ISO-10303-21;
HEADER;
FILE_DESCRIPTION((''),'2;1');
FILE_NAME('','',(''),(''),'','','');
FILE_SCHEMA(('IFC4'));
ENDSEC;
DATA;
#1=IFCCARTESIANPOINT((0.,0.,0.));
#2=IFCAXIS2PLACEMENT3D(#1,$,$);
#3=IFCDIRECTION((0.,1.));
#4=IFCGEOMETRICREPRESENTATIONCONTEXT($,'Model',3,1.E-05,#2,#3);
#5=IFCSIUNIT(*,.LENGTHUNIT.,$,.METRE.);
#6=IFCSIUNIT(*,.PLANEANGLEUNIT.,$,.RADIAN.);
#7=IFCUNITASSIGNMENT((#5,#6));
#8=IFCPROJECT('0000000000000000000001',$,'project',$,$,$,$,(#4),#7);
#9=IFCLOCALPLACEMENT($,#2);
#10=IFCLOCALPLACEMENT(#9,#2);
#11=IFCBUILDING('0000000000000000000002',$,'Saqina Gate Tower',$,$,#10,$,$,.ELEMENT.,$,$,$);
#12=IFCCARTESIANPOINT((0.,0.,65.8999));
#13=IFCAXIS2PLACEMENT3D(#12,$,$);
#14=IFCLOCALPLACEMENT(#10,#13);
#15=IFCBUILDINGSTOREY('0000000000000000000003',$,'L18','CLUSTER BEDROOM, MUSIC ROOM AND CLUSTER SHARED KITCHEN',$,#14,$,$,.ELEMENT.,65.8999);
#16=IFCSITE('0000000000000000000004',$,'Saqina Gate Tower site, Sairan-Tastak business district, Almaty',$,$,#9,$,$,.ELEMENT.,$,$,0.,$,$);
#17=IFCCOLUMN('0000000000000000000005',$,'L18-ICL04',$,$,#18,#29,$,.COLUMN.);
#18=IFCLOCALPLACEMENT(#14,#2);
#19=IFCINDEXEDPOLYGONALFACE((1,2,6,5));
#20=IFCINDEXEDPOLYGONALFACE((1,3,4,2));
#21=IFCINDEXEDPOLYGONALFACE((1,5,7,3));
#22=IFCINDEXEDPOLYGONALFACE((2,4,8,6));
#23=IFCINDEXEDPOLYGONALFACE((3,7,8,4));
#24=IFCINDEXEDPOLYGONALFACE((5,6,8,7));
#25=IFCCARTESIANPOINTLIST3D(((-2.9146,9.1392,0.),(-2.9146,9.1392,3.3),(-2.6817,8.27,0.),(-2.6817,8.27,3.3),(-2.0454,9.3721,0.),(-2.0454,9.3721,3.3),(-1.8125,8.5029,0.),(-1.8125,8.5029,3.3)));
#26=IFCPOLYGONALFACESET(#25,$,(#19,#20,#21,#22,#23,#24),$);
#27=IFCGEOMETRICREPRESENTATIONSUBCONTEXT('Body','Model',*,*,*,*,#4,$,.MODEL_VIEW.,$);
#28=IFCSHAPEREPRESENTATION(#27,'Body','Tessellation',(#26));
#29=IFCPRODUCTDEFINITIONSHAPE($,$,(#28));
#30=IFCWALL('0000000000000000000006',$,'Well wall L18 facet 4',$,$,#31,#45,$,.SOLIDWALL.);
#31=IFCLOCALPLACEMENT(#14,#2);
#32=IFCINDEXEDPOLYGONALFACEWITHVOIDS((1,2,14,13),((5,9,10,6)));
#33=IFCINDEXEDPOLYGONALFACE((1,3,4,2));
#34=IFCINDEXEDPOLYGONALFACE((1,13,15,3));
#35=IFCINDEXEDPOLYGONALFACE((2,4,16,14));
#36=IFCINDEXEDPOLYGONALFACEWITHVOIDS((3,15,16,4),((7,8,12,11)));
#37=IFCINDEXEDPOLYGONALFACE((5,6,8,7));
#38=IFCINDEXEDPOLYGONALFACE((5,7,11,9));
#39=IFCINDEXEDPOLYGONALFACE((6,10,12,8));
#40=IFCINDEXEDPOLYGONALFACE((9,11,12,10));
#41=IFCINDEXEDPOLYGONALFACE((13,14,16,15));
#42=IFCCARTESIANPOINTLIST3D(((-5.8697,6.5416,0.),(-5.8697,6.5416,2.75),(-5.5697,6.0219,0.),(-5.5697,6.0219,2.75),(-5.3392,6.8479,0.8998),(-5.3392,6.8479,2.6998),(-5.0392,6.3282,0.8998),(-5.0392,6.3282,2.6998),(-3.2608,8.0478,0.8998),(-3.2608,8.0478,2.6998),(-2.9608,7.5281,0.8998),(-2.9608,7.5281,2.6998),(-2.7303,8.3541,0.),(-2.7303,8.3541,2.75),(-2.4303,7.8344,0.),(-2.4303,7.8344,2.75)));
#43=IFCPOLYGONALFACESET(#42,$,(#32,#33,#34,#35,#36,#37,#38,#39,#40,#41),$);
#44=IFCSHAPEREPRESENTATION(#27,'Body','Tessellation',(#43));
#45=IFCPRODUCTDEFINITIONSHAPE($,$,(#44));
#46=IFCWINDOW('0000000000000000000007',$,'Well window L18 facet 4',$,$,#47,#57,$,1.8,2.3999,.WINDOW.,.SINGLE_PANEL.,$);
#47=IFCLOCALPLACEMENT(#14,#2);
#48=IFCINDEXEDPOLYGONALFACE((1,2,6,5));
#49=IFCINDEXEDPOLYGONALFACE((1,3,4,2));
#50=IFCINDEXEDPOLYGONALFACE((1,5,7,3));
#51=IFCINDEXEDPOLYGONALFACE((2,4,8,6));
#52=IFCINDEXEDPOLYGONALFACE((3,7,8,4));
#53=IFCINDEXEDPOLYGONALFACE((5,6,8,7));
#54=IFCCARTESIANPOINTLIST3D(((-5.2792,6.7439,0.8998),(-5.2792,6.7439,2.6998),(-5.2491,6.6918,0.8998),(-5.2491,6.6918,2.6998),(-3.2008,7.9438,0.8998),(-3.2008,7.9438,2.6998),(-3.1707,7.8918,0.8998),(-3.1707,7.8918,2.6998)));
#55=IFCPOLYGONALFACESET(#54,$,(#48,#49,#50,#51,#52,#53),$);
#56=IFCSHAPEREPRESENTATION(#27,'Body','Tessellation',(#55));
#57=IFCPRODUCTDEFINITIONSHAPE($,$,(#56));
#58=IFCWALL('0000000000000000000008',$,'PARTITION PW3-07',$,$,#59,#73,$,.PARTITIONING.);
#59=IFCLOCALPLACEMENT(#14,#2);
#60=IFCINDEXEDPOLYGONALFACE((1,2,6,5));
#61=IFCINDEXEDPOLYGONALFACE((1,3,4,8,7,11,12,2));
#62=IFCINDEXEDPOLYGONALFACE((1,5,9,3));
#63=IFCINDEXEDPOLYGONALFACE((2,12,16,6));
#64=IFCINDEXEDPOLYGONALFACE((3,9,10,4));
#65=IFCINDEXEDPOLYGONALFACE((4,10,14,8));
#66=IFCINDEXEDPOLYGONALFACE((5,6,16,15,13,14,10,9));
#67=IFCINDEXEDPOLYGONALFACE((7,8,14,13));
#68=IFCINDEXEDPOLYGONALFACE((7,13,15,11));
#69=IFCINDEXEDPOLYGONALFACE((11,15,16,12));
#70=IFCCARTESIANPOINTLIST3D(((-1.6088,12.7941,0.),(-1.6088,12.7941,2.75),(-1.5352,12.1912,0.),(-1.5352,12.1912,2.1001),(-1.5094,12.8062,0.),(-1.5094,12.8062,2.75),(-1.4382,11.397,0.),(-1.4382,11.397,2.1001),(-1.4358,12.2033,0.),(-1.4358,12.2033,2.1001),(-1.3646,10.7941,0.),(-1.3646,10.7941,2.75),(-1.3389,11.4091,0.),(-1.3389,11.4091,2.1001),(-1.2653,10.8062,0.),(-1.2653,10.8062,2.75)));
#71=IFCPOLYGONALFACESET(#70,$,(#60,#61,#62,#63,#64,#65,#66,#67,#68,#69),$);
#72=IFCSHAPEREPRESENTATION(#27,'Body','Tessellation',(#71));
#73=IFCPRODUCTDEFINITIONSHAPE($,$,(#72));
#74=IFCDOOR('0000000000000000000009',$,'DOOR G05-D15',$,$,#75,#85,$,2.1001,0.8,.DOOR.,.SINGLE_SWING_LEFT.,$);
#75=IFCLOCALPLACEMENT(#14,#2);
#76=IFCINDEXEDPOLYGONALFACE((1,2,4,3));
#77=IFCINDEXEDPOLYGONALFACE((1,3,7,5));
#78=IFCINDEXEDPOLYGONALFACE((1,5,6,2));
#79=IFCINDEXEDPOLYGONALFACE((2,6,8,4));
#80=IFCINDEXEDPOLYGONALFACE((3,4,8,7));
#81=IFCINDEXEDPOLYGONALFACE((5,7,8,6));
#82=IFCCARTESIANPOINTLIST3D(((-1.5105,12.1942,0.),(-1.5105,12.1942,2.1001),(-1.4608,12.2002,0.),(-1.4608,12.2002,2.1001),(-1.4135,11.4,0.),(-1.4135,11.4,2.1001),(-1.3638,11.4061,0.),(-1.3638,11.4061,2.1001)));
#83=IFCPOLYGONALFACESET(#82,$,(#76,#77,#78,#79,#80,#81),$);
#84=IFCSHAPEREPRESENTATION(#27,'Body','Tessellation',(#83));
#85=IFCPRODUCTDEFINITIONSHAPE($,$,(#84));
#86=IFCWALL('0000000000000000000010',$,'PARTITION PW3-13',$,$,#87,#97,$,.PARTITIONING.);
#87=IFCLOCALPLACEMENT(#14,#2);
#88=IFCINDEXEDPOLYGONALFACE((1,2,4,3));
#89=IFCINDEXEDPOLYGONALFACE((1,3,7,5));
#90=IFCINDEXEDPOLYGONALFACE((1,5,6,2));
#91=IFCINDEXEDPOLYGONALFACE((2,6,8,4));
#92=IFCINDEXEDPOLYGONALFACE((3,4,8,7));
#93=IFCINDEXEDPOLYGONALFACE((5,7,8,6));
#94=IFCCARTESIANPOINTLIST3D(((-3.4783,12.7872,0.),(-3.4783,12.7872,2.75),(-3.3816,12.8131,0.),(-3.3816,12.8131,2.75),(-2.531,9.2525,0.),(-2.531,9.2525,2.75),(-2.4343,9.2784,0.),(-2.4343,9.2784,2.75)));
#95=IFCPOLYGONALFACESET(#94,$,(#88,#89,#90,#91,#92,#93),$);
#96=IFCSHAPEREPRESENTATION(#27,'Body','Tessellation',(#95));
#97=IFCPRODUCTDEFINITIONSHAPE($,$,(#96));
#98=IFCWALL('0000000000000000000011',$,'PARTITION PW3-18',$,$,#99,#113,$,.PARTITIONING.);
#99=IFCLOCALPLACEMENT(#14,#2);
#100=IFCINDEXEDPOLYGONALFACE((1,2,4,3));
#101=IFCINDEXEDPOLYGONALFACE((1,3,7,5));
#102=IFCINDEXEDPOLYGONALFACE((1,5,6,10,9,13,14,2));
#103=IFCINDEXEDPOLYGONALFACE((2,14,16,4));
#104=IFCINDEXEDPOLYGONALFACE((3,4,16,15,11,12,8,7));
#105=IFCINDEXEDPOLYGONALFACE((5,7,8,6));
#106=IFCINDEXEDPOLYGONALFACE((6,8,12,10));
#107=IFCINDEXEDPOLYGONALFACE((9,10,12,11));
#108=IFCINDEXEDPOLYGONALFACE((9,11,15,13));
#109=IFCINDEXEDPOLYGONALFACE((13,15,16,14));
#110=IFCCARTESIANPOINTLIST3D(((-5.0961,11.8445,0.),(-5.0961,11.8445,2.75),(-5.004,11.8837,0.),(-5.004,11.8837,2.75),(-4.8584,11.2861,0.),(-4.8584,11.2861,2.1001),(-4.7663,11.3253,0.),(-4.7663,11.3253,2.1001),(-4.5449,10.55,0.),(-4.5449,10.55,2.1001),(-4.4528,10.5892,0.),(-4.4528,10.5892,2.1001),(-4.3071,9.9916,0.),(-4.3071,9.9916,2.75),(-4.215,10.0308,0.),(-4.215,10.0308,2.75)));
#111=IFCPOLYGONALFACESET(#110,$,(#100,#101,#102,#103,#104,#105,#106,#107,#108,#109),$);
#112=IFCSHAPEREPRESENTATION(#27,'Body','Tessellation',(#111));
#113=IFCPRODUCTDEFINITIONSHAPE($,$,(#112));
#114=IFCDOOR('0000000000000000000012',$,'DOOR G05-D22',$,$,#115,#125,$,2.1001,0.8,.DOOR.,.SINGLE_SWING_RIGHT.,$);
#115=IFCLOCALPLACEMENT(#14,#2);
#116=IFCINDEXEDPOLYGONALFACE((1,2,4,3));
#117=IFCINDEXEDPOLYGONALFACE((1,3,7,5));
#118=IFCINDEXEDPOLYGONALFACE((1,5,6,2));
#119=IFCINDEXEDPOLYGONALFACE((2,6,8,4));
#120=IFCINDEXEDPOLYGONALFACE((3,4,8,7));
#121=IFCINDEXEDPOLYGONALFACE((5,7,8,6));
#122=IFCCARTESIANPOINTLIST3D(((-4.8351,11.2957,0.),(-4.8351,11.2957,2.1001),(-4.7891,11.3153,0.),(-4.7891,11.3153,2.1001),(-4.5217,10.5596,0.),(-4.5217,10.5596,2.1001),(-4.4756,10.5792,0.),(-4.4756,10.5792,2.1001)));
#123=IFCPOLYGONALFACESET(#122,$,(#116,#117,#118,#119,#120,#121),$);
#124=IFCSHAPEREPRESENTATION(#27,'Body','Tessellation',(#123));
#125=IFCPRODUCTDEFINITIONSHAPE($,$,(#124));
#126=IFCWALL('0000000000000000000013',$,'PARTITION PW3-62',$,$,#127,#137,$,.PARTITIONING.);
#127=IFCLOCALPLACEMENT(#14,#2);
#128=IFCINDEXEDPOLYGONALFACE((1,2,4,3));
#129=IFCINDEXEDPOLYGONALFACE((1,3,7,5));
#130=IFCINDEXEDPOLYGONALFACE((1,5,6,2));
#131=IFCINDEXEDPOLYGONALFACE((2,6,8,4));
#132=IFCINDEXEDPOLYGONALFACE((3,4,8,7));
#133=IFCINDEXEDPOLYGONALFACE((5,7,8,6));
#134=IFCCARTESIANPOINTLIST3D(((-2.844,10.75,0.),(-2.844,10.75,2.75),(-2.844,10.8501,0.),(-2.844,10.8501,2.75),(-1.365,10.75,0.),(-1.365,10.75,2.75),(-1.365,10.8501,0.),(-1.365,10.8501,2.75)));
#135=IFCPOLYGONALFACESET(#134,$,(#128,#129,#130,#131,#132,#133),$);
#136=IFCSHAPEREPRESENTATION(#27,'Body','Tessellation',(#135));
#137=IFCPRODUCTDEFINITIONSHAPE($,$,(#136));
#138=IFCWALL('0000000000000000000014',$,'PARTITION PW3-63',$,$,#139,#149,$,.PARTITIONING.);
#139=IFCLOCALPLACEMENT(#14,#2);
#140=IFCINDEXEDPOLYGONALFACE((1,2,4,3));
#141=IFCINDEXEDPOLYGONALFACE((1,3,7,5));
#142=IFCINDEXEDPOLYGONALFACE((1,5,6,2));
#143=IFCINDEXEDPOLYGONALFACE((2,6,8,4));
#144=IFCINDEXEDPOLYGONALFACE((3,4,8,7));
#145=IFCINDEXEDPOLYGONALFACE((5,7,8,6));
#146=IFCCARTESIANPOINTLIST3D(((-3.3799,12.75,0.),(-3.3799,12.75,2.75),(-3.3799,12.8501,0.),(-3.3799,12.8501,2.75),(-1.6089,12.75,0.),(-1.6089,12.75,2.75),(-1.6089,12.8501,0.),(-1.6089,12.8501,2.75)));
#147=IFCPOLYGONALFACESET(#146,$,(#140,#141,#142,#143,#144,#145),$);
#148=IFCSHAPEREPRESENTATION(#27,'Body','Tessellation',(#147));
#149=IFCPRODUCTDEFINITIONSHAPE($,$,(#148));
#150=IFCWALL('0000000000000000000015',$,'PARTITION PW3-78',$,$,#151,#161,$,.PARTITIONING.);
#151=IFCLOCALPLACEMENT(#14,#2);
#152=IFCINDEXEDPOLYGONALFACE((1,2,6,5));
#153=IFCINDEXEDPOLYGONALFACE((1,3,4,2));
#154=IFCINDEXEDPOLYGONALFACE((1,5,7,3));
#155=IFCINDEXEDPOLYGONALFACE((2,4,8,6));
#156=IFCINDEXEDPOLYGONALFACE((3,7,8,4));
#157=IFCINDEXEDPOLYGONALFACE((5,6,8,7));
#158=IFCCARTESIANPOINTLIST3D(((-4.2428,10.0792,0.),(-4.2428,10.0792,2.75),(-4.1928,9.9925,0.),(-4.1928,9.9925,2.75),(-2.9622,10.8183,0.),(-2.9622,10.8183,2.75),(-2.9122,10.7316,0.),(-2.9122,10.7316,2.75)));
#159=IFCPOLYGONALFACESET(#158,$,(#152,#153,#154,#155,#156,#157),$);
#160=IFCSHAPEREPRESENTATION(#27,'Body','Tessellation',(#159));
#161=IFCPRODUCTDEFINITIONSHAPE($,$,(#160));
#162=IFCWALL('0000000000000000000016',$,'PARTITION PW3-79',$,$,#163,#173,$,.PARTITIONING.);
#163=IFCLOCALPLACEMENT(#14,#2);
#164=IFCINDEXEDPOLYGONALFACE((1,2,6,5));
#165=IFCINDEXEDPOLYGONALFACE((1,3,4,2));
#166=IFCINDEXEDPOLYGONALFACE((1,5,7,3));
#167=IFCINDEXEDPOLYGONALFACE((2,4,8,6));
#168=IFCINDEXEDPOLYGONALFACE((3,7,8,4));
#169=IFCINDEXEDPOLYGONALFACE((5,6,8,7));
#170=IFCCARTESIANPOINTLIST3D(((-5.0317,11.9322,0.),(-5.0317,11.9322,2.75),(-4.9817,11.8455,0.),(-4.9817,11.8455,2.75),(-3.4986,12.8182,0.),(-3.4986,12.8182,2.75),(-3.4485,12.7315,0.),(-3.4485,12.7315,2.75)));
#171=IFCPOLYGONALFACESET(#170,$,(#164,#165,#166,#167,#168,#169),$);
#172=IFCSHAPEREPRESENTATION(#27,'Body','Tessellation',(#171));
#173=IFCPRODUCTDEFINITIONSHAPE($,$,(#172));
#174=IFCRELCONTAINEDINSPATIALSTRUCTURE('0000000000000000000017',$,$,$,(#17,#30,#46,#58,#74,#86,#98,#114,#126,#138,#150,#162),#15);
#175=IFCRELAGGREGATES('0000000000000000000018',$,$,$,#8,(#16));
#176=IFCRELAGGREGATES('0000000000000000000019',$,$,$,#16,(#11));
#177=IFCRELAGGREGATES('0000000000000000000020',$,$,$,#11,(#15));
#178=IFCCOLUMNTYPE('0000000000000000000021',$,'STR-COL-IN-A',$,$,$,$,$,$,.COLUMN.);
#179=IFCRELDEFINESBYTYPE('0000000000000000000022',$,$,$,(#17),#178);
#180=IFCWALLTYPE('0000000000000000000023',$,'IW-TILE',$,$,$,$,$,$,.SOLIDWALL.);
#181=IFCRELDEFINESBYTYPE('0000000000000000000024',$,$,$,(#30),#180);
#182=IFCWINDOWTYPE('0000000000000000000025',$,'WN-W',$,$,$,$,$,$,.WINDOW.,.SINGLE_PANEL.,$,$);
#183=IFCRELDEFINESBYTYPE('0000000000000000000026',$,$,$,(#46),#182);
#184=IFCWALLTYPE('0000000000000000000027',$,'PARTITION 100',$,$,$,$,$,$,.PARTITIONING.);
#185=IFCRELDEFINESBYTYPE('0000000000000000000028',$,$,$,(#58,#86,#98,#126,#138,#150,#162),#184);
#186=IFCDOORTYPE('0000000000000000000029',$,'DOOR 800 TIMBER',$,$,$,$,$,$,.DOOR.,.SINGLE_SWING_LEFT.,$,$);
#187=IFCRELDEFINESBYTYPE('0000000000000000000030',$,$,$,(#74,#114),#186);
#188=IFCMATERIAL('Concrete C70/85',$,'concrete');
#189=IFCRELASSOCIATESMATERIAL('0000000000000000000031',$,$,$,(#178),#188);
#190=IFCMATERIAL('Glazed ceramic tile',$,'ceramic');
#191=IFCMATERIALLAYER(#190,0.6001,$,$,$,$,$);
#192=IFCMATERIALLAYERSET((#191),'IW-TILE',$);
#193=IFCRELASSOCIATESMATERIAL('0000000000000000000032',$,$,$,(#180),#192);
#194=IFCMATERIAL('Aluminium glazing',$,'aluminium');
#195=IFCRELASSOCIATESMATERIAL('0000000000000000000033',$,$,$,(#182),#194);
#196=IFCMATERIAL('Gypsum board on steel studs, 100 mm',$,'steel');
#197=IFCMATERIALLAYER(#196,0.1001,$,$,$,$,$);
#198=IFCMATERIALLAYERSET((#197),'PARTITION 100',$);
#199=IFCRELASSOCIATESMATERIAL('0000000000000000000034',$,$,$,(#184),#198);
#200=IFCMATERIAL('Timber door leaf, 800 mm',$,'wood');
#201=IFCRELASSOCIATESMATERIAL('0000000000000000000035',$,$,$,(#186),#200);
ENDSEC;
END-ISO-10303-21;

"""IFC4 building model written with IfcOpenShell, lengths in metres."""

from ifc_helpers import new_model, si_unit, direction, frame, frame_2d, origin, origin_2d, place, context, subcontext, project, spatial, rectangle, extrude, material, layer, layer_set, material_profile, profile_set, type_object, element, fill, save


model = new_model("IFC4")

# Units and contexts
model_context = context("Model", 3, precision=1e-05, world=origin(), true_north=direction((0.0, 1.0)))
body_context = subcontext(model_context, "Body", "Model", "MODEL_VIEW")
ifc_project = project(units=[si_unit("LENGTHUNIT", "METRE"), si_unit("PLANEANGLEUNIT", "RADIAN")], contexts=[model_context])

# Site, building, storey
site_placement = place(None, origin())
site = spatial("IfcSite", under=ifc_project, at=site_placement, Name="Saqina Gate Tower site, Sairan-Tastak business district, Almaty", CompositionType="ELEMENT", RefElevation=0.0)
building_placement = place(site_placement, origin())
building = spatial("IfcBuilding", under=site, at=building_placement, Name="Saqina Gate Tower", CompositionType="ELEMENT")
storey_placement = place(building_placement, frame((0.0, 0.0, 65.8999)))
storey = spatial("IfcBuildingStorey", under=building, at=storey_placement, Name="L18", Description="CLUSTER BEDROOM, MUSIC ROOM AND CLUSTER SHARED KITCHEN", CompositionType="ELEMENT", Elevation=65.8999)

# Column
ifc_material_1 = material(Name="Concrete C70/85", Category="concrete")
ifc_material_profile = material_profile(ifc_material_1, rectangle(XDim=0.8999, YDim=0.8999, at=origin_2d()), Name="RC 900x900")
ifc_profile_set = profile_set([ifc_material_profile], Name="Concrete C70/85")
column_type = type_object("IfcColumnType", Name="STR-COL-IN-A", PredefinedType="COLUMN", material=ifc_profile_set)
column_placement = place(storey_placement, frame((-2.3635, 8.821, 0.0), z_axis=(0.0, 0.0, 1.0), x_axis=(-0.258819, 0.965926, 0.0)))
element("IfcColumn", 1, at=column_placement, inside=storey, type_object=column_type, Name="L18-ICL04", PredefinedType="COLUMN", context=body_context, shape_type="SweptSolid", body=[
    extrude(rectangle(XDim=0.8999, YDim=0.8999, at=origin_2d()), origin(), (0.0, 0.0, 1.0), 3.3),
])

# Wall, opening, window
ifc_material_2 = material(Name="Glazed ceramic tile", Category="ceramic")
ifc_layer_1 = layer(ifc_material_2, 0.6001)
ifc_layer_set_1 = layer_set([ifc_layer_1], Name="IW-TILE")
wall_type_1 = type_object("IfcWallType", Name="IW-TILE", PredefinedType="SOLIDWALL", material=ifc_layer_set_1)
wall_1_placement = place(storey_placement, frame((-2.5803, 8.0942, 0.0), z_axis=(0.0, 0.0, 1.0), x_axis=(-0.86603, -0.499993, 0.0)))
wall_1 = element("IfcWall", 2, at=wall_1_placement, inside=storey, type_object=wall_type_1, Name="Well wall L18 facet 4", PredefinedType="SOLIDWALL", context=body_context, shape_type="SweptSolid", body=[
    extrude(rectangle(XDim=3.625, YDim=0.6001, at=frame_2d((1.8125, 0.0))), origin(), (0.0, 0.0, 1.0), 2.75),
])
opening_1_placement = place(wall_1_placement, frame((0.6125, 0.0, 0.8999)))
opening_1 = element("IfcOpeningElement", 3, at=opening_1_placement, cuts=wall_1, PredefinedType="OPENING", context=body_context, shape_type="SweptSolid", body=[
    extrude(rectangle(XDim=2.3999, YDim=1.8, at=frame_2d((1.2, 0.8999))), frame((0.0, 0.312, 0.0), z_axis=(0.0, -1.0, 0.0), x_axis=(1.0, 0.0, 0.0)), (0.0, 0.0, 1.0), 0.624),
])
ifc_material_3 = material(Name="Aluminium glazing", Category="aluminium")
window_type = type_object("IfcWindowType", Name="WN-W", PartitioningType="SINGLE_PANEL", PredefinedType="WINDOW", material=ifc_material_3)
window_placement = place(opening_1_placement, origin())
window = element("IfcWindow", 4, at=window_placement, inside=storey, type_object=window_type, Name="Well window L18 facet 4", OverallHeight=1.8, OverallWidth=2.3999, PartitioningType="SINGLE_PANEL", PredefinedType="WINDOW", context=body_context, shape_type="SweptSolid", body=[
    extrude(rectangle(XDim=2.3999, YDim=1.8, at=frame_2d((1.2, 0.8999))), frame((0.0, -0.1199, 0.0), z_axis=(0.0, -1.0, 0.0), x_axis=(1.0, 0.0, 0.0)), (0.0, 0.0, 1.0), 0.0601),
])
fill(opening_1, window)

# Wall, opening, door
ifc_material_4 = material(Name="Gypsum board on steel studs, 100 mm", Category="steel")
ifc_layer_2 = layer(ifc_material_4, 0.1001)
ifc_layer_set_2 = layer_set([ifc_layer_2], Name="PARTITION 100")
wall_type_2 = type_object("IfcWallType", Name="PARTITION 100", PredefinedType="PARTITIONING", material=ifc_layer_set_2)
wall_2_placement = place(storey_placement, frame((-1.5591, 12.8, 0.0), z_axis=(0.0, 0.0, 1.0), x_axis=(0.121171, -0.992632, 0.0)))
wall_2 = element("IfcWall", 5, at=wall_2_placement, inside=storey, type_object=wall_type_2, Name="PARTITION PW3-07", PredefinedType="PARTITIONING", context=body_context, shape_type="SweptSolid", body=[
    extrude(rectangle(XDim=2.0149, YDim=0.1001, at=frame_2d((1.0073, 0.0))), origin(), (0.0, 0.0, 1.0), 2.75),
])
opening_2_placement = place(wall_2_placement, frame((0.6074, 0.0, 0.0)))
opening_2 = element("IfcOpeningElement", 6, at=opening_2_placement, cuts=wall_2, PredefinedType="OPENING", context=body_context, shape_type="SweptSolid", body=[
    extrude(rectangle(XDim=0.8, YDim=2.1001, at=frame_2d((0.3999, 1.05))), frame((0.0, 0.062, 0.0), z_axis=(0.0, -1.0, 0.0), x_axis=(1.0, 0.0, 0.0)), (0.0, 0.0, 1.0), 0.124),
])
ifc_material_5 = material(Name="Timber door leaf, 800 mm", Category="wood")
door_type_1 = type_object("IfcDoorType", Name="DOOR 800 TIMBER", OperationType="SINGLE_SWING_LEFT", PredefinedType="DOOR", material=ifc_material_5)
door_1_placement = place(opening_2_placement, origin())
door_1 = element("IfcDoor", 7, at=door_1_placement, inside=storey, type_object=door_type_1, Name="DOOR G05-D15", OperationType="SINGLE_SWING_LEFT", OverallHeight=2.1001, OverallWidth=0.8, PredefinedType="DOOR", context=body_context, shape_type="SweptSolid", body=[
    extrude(rectangle(XDim=0.8, YDim=2.1001, at=frame_2d((0.3999, 1.05))), frame((0.0, 0.0249, 0.0), z_axis=(0.0, -1.0, 0.0), x_axis=(1.0, 0.0, 0.0)), (0.0, 0.0, 1.0), 0.05),
])
fill(opening_2, door_1)

# Wall
wall_3_placement = place(storey_placement, frame((-3.4299, 12.8, 0.0), z_axis=(0.0, 0.0, 1.0), x_axis=(0.258858, -0.965915, 0.0)))
element("IfcWall", 8, at=wall_3_placement, inside=storey, type_object=wall_type_2, Name="PARTITION PW3-13", PredefinedType="PARTITIONING", context=body_context, shape_type="SweptSolid", body=[
    extrude(rectangle(XDim=3.6594, YDim=0.1001, at=frame_2d((1.8296, 0.0))), origin(), (0.0, 0.0, 1.0), 2.75),
])

# Wall, opening, door
wall_4_placement = place(storey_placement, frame((-5.05, 11.864, 0.0), z_axis=(0.0, 0.0, 1.0), x_axis=(0.391782, -0.920058, 0.0)))
wall_4 = element("IfcWall", 9, at=wall_4_placement, inside=storey, type_object=wall_type_2, Name="PARTITION PW3-18", PredefinedType="PARTITIONING", context=body_context, shape_type="SweptSolid", body=[
    extrude(rectangle(XDim=2.0139, YDim=0.1001, at=frame_2d((1.0068, 0.0))), origin(), (0.0, 0.0, 1.0), 2.75),
])
opening_3_placement = place(wall_4_placement, frame((0.6069, 0.0, 0.0)))
opening_3 = element("IfcOpeningElement", 10, at=opening_3_placement, cuts=wall_4, PredefinedType="OPENING", context=body_context, shape_type="SweptSolid", body=[
    extrude(rectangle(XDim=0.8, YDim=2.1001, at=frame_2d((0.3999, 1.05))), frame((0.0, 0.062, 0.0), z_axis=(0.0, -1.0, 0.0), x_axis=(1.0, 0.0, 0.0)), (0.0, 0.0, 1.0), 0.124),
])
door_2_placement = place(opening_3_placement, frame((0.8, 0.0, 0.0), z_axis=(0.0, 0.0, 1.0), x_axis=(-1.0, 0.0, 0.0)))
door_2 = element("IfcDoor", 11, at=door_2_placement, inside=storey, type_object=door_type_1, Name="DOOR G05-D22", OperationType="SINGLE_SWING_RIGHT", OverallHeight=2.1001, OverallWidth=0.8, PredefinedType="DOOR", context=body_context, shape_type="SweptSolid", body=[
    extrude(rectangle(XDim=0.8, YDim=2.1001, at=frame_2d((0.3999, 1.05))), frame((0.0, 0.0249, 0.0), z_axis=(0.0, -1.0, 0.0), x_axis=(1.0, 0.0, 0.0)), (0.0, 0.0, 1.0), 0.05),
])
fill(opening_3, door_2)

# Walls
wall_5_placement = place(storey_placement, frame((-2.844, 10.8, 0.0), z_axis=(0.0, 0.0, 1.0), x_axis=(1.0, 0.0, 0.0)))
element("IfcWall", 12, at=wall_5_placement, inside=storey, type_object=wall_type_2, Name="PARTITION PW3-62", PredefinedType="PARTITIONING", context=body_context, shape_type="SweptSolid", body=[
    extrude(rectangle(XDim=1.479, YDim=0.1001, at=frame_2d((0.7395, 0.0))), origin(), (0.0, 0.0, 1.0), 2.75),
])
wall_6_placement = place(storey_placement, frame((-3.3799, 12.8, 0.0), z_axis=(0.0, 0.0, 1.0), x_axis=(1.0, 0.0, 0.0)))
element("IfcWall", 13, at=wall_6_placement, inside=storey, type_object=wall_type_2, Name="PARTITION PW3-63", PredefinedType="PARTITIONING", context=body_context, shape_type="SweptSolid", body=[
    extrude(rectangle(XDim=1.771, YDim=0.1001, at=frame_2d((0.8855, 0.0))), origin(), (0.0, 0.0, 1.0), 2.75),
])
wall_7_placement = place(storey_placement, frame((-4.2178, 10.0359, 0.0), z_axis=(0.0, 0.0, 1.0), x_axis=(0.866111, 0.499851, 0.0)))
element("IfcWall", 14, at=wall_7_placement, inside=storey, type_object=wall_type_2, Name="PARTITION PW3-78", PredefinedType="PARTITIONING", context=body_context, shape_type="SweptSolid", body=[
    extrude(rectangle(XDim=1.4785, YDim=0.1001, at=frame_2d((0.7393, 0.0))), origin(), (0.0, 0.0, 1.0), 2.75),
])
wall_8_placement = place(storey_placement, frame((-5.0066, 11.8889, 0.0), z_axis=(0.0, 0.0, 1.0), x_axis=(0.865832, 0.500335, 0.0)))
element("IfcWall", 15, at=wall_8_placement, inside=storey, type_object=wall_type_2, Name="PARTITION PW3-79", PredefinedType="PARTITIONING", context=body_context, shape_type="SweptSolid", body=[
    extrude(rectangle(XDim=1.7708, YDim=0.1001, at=frame_2d((0.8853, 0.0))), origin(), (0.0, 0.0, 1.0), 2.75),
])

save(model, "model.ifc")
